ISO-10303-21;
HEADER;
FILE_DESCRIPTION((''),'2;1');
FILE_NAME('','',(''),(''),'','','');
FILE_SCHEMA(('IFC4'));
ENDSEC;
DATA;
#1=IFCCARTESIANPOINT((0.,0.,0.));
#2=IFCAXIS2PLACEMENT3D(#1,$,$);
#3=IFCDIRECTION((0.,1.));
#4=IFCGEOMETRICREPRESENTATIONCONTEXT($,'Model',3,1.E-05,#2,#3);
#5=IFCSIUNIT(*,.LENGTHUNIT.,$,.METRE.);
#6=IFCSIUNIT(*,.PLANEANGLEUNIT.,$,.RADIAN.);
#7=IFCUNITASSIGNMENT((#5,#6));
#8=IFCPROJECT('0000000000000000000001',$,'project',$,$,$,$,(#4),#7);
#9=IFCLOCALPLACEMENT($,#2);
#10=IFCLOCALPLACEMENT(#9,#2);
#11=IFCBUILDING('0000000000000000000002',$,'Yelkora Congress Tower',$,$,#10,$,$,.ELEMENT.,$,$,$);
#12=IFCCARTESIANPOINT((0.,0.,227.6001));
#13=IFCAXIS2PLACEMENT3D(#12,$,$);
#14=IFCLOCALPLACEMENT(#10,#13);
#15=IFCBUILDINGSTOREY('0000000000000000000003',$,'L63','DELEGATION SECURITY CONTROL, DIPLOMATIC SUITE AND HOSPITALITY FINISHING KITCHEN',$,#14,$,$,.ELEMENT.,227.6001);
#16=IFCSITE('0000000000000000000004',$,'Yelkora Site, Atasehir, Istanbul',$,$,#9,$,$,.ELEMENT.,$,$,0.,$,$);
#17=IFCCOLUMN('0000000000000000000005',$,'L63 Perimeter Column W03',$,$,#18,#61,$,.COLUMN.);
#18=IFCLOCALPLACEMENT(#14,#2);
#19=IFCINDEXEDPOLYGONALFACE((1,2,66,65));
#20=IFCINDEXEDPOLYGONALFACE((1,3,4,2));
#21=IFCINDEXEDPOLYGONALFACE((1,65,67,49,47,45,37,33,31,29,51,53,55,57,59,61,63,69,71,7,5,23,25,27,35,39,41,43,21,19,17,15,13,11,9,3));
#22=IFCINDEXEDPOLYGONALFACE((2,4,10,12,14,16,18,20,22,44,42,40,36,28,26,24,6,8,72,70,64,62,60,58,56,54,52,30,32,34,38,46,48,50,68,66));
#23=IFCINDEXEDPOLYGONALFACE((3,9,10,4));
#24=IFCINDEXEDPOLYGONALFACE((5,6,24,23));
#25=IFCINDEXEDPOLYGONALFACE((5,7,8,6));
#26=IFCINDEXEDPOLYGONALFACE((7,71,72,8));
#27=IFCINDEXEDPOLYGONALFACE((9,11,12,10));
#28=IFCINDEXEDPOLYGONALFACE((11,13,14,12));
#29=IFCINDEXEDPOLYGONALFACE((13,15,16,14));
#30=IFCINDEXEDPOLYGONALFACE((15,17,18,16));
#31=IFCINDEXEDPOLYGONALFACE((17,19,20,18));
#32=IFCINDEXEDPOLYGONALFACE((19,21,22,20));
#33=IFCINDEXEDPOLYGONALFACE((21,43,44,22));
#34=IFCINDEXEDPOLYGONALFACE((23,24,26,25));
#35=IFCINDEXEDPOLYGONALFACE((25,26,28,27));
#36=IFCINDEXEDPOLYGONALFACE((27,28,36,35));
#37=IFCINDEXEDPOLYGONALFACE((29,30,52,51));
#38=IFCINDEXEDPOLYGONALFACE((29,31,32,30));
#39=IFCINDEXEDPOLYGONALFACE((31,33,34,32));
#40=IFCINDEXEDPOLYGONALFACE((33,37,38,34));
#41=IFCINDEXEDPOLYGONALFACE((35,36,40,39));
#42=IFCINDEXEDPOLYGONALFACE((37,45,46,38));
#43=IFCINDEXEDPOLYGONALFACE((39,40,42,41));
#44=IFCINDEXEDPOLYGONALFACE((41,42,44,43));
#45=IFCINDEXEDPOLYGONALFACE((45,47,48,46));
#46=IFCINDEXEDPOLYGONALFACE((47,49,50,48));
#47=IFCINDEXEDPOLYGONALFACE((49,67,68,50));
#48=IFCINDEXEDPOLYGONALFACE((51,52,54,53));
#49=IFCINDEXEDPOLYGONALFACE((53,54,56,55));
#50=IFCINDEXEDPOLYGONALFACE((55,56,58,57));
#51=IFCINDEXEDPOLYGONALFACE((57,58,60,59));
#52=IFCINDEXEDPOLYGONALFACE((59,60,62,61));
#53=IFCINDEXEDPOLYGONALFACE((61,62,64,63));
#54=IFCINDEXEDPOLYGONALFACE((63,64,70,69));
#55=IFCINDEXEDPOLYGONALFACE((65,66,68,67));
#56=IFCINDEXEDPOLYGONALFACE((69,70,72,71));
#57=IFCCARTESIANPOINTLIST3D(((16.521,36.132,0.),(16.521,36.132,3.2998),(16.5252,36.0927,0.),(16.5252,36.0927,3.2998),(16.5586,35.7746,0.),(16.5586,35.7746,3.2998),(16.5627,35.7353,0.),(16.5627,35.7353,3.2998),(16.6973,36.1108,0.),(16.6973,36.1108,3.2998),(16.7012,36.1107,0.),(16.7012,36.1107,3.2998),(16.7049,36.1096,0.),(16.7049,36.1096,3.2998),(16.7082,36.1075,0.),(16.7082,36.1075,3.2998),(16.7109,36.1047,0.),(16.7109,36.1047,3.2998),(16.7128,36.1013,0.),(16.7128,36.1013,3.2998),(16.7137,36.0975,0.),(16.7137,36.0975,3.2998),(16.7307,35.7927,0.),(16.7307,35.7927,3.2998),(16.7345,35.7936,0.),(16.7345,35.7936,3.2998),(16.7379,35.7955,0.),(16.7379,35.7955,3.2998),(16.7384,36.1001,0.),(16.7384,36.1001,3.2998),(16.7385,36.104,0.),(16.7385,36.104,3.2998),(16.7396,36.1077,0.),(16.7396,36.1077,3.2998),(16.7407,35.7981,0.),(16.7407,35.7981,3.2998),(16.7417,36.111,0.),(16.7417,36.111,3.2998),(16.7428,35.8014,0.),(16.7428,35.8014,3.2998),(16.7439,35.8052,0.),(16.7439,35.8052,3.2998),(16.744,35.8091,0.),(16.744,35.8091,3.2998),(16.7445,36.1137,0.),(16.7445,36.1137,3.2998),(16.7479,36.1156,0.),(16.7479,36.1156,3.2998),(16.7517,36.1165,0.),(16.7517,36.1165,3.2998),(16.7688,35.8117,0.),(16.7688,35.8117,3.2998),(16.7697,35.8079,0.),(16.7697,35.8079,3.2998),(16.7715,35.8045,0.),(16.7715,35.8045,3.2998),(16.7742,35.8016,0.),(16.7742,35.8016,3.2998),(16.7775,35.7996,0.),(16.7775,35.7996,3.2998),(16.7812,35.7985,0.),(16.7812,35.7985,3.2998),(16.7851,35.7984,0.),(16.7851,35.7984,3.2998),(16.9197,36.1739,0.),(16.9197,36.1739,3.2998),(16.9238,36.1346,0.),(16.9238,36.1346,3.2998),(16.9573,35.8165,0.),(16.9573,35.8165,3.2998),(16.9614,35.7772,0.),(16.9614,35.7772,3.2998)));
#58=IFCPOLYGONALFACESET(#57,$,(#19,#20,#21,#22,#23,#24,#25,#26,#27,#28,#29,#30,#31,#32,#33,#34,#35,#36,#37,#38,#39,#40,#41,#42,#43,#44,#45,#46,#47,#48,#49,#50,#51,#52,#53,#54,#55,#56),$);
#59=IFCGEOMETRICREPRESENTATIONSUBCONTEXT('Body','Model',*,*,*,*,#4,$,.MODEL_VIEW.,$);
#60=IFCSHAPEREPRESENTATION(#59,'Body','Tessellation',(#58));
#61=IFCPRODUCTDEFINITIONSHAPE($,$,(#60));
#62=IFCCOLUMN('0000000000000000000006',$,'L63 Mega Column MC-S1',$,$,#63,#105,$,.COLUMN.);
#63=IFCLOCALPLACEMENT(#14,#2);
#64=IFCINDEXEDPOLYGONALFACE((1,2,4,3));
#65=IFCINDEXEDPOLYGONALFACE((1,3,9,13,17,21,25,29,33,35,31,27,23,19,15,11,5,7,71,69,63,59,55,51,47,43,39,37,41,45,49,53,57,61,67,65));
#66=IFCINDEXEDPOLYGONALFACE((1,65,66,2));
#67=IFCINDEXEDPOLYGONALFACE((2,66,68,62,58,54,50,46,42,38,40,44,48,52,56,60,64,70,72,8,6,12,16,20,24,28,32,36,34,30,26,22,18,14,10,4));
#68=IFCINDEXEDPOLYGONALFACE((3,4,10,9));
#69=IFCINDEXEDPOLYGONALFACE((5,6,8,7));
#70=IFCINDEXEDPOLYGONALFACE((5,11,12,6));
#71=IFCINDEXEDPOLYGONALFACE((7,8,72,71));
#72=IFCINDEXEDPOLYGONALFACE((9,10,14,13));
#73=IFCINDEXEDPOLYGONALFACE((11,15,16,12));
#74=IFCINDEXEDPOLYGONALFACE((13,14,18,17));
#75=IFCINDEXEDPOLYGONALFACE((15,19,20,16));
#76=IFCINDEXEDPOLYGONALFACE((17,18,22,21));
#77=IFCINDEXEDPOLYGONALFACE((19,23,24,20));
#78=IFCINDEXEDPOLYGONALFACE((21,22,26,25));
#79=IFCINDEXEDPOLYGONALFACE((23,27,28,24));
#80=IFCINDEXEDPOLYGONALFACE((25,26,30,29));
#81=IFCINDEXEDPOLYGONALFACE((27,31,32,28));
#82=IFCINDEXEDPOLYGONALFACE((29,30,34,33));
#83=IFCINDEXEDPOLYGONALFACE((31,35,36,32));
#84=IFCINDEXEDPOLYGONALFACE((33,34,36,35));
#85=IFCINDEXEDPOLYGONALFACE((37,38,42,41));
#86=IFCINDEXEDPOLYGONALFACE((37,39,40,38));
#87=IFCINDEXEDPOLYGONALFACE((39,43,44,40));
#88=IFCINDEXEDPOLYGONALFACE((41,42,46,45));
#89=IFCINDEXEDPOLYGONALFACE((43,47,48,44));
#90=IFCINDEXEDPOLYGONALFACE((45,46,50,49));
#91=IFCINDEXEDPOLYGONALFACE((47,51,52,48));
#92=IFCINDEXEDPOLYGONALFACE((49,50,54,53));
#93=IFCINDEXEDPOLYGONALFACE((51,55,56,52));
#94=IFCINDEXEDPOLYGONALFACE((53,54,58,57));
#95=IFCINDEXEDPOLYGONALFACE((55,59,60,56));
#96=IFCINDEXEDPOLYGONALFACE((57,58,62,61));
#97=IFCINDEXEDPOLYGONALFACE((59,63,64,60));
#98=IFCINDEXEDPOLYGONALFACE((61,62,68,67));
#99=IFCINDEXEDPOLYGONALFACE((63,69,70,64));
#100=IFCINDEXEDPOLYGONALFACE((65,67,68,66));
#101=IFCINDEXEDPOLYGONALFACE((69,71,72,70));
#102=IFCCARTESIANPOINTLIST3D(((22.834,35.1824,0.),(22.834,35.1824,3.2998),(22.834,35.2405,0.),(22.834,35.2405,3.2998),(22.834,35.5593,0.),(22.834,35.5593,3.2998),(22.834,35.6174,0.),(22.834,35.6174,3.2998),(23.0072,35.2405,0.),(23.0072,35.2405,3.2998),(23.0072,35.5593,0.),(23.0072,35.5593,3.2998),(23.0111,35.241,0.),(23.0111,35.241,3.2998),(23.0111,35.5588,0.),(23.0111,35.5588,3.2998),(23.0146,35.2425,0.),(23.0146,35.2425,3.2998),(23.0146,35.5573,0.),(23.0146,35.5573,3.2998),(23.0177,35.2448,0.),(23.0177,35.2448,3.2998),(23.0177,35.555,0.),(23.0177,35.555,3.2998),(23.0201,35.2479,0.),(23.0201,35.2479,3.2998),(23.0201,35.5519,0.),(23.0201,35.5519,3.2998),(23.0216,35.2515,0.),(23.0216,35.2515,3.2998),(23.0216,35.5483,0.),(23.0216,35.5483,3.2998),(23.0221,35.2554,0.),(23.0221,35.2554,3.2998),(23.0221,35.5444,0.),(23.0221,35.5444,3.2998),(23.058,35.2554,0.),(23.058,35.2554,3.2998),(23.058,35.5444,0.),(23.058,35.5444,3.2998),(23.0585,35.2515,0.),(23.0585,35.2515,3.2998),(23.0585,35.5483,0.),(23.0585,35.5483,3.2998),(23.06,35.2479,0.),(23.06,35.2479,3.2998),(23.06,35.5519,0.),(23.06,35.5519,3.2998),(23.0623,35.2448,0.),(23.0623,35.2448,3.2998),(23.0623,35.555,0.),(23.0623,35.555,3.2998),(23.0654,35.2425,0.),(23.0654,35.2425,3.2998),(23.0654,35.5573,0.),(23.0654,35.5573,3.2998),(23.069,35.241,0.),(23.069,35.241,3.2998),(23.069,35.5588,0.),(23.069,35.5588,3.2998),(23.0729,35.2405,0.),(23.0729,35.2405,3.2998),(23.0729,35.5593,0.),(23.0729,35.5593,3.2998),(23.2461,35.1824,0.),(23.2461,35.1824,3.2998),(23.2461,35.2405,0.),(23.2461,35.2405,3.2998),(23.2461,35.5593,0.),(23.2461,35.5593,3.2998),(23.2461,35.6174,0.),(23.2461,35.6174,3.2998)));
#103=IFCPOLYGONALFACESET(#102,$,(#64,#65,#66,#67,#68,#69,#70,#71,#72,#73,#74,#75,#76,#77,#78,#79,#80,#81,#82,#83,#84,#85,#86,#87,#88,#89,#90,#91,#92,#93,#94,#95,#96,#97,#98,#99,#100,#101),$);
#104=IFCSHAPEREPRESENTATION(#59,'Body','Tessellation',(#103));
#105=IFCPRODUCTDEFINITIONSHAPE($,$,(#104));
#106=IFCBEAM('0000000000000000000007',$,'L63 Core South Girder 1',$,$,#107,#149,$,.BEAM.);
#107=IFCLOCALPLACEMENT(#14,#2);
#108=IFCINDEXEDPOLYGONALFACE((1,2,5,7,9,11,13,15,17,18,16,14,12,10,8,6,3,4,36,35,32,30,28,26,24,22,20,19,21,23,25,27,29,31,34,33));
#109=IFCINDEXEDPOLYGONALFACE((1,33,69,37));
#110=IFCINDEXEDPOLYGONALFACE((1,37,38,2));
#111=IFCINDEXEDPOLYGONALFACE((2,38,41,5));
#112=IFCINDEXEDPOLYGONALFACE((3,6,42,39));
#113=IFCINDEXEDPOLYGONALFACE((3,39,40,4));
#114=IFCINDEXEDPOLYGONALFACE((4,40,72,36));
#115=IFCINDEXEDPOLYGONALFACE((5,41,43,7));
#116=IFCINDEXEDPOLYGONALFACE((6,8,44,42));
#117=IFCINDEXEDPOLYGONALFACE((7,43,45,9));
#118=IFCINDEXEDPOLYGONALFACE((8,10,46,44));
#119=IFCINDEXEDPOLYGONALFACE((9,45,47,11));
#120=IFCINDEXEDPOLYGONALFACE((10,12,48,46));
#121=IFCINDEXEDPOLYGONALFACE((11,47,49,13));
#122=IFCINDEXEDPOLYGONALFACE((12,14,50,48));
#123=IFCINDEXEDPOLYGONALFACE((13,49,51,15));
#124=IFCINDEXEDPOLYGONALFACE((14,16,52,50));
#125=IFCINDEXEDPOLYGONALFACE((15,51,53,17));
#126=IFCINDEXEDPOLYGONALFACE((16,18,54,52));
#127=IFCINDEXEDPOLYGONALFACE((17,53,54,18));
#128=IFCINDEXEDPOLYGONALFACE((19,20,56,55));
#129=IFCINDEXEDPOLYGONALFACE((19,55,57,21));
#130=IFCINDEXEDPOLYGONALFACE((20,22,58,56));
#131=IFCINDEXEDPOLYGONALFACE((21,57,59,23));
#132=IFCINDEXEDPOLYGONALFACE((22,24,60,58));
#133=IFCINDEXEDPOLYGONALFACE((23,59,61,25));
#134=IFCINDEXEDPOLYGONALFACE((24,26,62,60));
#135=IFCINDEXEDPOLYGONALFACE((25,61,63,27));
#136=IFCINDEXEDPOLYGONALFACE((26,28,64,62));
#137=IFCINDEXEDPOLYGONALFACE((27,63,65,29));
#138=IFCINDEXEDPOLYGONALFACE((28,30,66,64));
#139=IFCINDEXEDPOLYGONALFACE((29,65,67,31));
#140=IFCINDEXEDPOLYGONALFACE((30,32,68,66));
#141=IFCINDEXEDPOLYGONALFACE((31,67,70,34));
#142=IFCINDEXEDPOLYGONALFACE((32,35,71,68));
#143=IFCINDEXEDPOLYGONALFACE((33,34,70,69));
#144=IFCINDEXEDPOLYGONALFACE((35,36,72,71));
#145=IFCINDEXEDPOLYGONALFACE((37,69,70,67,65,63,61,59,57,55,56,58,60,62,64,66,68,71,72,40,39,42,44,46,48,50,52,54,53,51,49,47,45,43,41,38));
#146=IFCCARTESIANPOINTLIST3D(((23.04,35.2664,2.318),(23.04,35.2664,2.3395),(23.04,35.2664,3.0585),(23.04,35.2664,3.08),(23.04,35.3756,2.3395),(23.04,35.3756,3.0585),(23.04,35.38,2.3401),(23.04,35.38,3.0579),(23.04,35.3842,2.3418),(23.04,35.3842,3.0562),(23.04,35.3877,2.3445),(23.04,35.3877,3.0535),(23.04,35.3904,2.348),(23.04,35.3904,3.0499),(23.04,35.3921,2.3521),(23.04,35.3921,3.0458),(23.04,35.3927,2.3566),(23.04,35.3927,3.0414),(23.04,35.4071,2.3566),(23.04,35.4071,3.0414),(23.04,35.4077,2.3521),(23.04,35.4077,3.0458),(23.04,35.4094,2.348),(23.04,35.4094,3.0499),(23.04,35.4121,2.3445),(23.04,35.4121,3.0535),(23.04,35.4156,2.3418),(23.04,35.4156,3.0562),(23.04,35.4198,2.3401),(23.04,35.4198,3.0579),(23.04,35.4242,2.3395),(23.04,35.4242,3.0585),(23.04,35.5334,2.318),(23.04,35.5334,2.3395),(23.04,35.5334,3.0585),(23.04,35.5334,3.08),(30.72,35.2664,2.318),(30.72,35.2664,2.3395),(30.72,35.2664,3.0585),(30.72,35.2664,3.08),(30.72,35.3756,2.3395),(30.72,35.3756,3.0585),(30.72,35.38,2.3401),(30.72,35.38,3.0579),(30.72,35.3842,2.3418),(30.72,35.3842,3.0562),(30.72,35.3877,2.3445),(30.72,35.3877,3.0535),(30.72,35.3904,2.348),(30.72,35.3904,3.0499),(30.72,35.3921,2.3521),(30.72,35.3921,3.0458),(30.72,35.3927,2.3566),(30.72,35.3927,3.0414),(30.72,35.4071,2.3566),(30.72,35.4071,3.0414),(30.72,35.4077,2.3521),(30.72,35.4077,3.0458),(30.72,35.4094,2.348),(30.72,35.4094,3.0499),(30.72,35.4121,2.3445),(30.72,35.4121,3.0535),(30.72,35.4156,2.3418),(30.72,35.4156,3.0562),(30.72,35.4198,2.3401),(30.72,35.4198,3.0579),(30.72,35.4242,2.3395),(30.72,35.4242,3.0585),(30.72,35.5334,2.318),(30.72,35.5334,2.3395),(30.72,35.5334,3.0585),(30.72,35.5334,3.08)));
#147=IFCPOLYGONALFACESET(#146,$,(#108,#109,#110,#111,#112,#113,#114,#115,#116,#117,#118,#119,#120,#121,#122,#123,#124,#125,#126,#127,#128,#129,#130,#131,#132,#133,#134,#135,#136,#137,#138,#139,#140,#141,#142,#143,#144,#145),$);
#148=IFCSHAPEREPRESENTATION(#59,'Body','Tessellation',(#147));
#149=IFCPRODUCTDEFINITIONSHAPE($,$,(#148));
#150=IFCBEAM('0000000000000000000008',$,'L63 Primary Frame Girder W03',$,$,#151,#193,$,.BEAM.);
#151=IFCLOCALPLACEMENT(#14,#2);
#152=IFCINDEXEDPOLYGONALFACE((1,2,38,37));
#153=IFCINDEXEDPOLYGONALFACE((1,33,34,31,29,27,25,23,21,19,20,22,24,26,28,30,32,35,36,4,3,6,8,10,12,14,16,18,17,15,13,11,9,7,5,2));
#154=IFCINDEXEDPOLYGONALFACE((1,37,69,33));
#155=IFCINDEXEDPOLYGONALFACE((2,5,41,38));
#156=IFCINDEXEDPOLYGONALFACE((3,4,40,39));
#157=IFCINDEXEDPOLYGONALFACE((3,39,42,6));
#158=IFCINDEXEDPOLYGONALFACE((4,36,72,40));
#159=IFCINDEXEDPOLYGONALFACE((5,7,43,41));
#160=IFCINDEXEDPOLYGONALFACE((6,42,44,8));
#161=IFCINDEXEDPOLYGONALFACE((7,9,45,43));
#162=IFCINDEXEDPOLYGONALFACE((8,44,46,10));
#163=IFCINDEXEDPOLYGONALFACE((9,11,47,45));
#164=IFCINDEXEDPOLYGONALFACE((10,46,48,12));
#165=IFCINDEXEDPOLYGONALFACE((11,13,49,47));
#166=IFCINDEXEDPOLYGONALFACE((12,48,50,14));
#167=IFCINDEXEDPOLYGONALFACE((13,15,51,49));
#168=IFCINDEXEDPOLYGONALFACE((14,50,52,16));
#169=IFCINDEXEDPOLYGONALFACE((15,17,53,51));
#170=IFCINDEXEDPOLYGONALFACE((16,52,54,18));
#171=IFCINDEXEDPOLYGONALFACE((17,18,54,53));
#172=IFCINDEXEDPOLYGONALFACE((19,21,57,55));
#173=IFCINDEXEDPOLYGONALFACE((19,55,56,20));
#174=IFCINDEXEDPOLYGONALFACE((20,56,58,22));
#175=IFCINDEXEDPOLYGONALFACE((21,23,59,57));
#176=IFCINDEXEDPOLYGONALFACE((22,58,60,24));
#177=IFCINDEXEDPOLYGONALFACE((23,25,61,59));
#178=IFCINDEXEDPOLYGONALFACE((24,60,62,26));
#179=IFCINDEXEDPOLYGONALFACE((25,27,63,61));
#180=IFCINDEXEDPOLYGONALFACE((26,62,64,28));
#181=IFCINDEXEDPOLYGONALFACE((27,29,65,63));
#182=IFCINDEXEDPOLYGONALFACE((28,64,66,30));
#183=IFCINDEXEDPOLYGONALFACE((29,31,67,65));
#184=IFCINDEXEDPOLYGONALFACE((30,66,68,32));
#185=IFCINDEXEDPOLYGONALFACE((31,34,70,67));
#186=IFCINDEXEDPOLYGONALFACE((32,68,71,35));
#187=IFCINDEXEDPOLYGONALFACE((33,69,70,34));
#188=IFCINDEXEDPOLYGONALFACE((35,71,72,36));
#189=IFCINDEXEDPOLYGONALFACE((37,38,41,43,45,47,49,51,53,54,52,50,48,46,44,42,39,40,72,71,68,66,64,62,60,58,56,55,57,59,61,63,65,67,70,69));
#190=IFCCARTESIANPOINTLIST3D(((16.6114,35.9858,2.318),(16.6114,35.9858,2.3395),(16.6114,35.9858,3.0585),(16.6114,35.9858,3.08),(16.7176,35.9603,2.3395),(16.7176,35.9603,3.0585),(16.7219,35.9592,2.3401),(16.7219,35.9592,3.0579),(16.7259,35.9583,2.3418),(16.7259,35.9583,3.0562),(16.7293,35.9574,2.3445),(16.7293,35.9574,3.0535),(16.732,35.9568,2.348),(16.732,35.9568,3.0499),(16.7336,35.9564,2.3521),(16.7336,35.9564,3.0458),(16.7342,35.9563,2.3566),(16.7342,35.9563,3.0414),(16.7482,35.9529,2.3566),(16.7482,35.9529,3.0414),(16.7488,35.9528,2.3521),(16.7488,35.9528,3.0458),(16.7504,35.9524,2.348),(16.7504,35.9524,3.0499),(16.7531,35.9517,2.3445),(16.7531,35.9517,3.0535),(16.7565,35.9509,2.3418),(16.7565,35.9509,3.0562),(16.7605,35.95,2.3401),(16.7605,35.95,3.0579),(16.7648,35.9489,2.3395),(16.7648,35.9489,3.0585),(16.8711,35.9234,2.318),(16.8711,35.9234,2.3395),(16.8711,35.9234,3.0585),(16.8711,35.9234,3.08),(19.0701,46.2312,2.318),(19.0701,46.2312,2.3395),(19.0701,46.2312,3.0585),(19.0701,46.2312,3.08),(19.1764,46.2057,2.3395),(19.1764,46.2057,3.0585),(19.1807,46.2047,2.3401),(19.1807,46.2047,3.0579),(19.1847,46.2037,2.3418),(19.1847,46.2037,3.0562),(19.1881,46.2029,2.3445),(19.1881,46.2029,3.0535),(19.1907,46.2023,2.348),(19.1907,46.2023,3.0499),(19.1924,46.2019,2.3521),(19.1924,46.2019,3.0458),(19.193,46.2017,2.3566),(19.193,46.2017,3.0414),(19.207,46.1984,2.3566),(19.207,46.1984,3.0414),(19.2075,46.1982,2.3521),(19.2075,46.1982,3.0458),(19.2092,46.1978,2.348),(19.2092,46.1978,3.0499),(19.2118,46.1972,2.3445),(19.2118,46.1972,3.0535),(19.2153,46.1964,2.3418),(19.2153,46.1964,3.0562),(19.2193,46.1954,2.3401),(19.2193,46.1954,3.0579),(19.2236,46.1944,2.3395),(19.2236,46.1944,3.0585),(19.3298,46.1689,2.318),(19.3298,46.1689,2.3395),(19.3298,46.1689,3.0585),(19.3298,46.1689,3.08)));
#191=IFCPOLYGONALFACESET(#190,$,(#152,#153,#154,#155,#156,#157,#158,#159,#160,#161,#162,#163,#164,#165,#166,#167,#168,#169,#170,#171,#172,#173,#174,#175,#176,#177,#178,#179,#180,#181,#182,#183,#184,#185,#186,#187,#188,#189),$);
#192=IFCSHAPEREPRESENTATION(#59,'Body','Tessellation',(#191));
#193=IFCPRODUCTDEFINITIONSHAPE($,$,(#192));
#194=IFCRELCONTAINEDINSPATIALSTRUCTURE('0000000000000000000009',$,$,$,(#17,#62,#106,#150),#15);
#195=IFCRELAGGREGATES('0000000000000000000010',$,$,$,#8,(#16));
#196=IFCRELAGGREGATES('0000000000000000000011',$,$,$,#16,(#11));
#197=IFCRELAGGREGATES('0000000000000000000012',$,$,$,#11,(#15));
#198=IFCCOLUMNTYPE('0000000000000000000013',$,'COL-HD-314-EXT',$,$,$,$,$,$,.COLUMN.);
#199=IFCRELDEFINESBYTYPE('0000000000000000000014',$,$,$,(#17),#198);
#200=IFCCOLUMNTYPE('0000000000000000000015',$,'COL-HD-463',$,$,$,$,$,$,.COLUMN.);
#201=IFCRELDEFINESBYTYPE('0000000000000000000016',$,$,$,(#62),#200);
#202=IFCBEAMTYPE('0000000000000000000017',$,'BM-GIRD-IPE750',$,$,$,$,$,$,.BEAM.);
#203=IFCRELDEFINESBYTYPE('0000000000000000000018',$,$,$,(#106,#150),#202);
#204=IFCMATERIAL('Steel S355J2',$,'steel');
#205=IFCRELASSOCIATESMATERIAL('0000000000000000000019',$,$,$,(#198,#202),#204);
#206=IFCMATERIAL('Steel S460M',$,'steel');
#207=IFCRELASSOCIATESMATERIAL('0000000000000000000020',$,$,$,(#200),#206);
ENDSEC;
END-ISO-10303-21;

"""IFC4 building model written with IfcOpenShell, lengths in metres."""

from ifc_helpers import new_model, si_unit, direction, frame, origin, origin_2d, place, context, subcontext, project, spatial, i_section, extrude, material, material_profile, profile_set, type_object, element, save


model = new_model("IFC4")

# Units and contexts
model_context = context("Model", 3, precision=1e-05, world=origin(), true_north=direction((0.0, 1.0)))
body_context = subcontext(model_context, "Body", "Model", "MODEL_VIEW")
ifc_project = project(units=[si_unit("LENGTHUNIT", "METRE"), si_unit("PLANEANGLEUNIT", "RADIAN")], contexts=[model_context])

# Site, building, storey
site_placement = place(None, origin())
site = spatial("IfcSite", under=ifc_project, at=site_placement, Name="Yelkora Site, Atasehir, Istanbul", CompositionType="ELEMENT", RefElevation=0.0)
building_placement = place(site_placement, origin())
building = spatial("IfcBuilding", under=site, at=building_placement, Name="Yelkora Congress Tower", CompositionType="ELEMENT")
storey_placement = place(building_placement, frame((0.0, 0.0, 227.6001)))
storey = spatial("IfcBuildingStorey", under=building, at=storey_placement, Name="L63", Description="DELEGATION SECURITY CONTROL, DIPLOMATIC SUITE AND HOSPITALITY FINISHING KITCHEN", CompositionType="ELEMENT", Elevation=227.6001)

# Columns
ifc_material_1 = material(Name="Steel S355J2", Category="steel")
ifc_material_profile_1 = material_profile(ifc_material_1, i_section(OverallWidth=0.4009, OverallDepth=0.3989, WebThickness=0.0249, FlangeThickness=0.0396, FilletRadius=0.0149, at=origin_2d()), Name="HD 400x314")
ifc_profile_set_1 = profile_set([ifc_material_profile_1], Name="Steel S355J2")
column_type_1 = type_object("IfcColumnType", Name="COL-HD-314-EXT", PredefinedType="COLUMN", material=ifc_profile_set_1)
column_1_placement = place(storey_placement, frame((16.7412, 35.9546, 0.0), z_axis=(0.0, 0.0, 1.0), x_axis=(0.994522, 0.104528, 0.0)))
element("IfcColumn", 1, at=column_1_placement, inside=storey, type_object=column_type_1, Name="L63 Perimeter Column W03", PredefinedType="COLUMN", context=body_context, shape_type="SweptSolid", body=[
    extrude(i_section(OverallWidth=0.4009, OverallDepth=0.3989, WebThickness=0.0249, FlangeThickness=0.0396, FilletRadius=0.0149, at=origin_2d()), origin(), (0.0, 0.0, 1.0), 3.2998),
])
ifc_material_2 = material(Name="Steel S460M", Category="steel")
ifc_material_profile_2 = material_profile(ifc_material_2, i_section(OverallWidth=0.4121, OverallDepth=0.4351, WebThickness=0.0359, FlangeThickness=0.0581, FilletRadius=0.0149, at=origin_2d()), Name="HD 400x463")
ifc_profile_set_2 = profile_set([ifc_material_profile_2], Name="Steel S460M")
column_type_2 = type_object("IfcColumnType", Name="COL-HD-463", PredefinedType="COLUMN", material=ifc_profile_set_2)
column_2_placement = place(storey_placement, frame((23.04, 35.3999, 0.0), z_axis=(0.0, 0.0, 1.0), x_axis=(1.0, 0.0, 0.0)))
element("IfcColumn", 2, at=column_2_placement, inside=storey, type_object=column_type_2, Name="L63 Mega Column MC-S1", PredefinedType="COLUMN", context=body_context, shape_type="SweptSolid", body=[
    extrude(i_section(OverallWidth=0.4121, OverallDepth=0.4351, WebThickness=0.0359, FlangeThickness=0.0581, FilletRadius=0.0149, at=origin_2d()), origin(), (0.0, 0.0, 1.0), 3.2998),
])

# Beams
ifc_material_profile_3 = material_profile(ifc_material_1, i_section(OverallWidth=0.2671, OverallDepth=0.762, WebThickness=0.0144, FlangeThickness=0.0215, FilletRadius=0.0171, at=origin_2d()), Name="IPE 750x173")
ifc_profile_set_3 = profile_set([ifc_material_profile_3], Name="Steel S355J2")
beam_type_1 = type_object("IfcBeamType", Name="BM-GIRD-IPE750", PredefinedType="BEAM", material=ifc_profile_set_3)
beam_1_placement = place(storey_placement, frame((23.04, 35.3999, 2.699), z_axis=(1.0, 0.0, 0.0), x_axis=(0.0, 1.0, 0.0)))
element("IfcBeam", 3, at=beam_1_placement, inside=storey, type_object=beam_type_1, Name="L63 Core South Girder 1", PredefinedType="BEAM", context=body_context, shape_type="SweptSolid", body=[
    extrude(i_section(OverallWidth=0.2671, OverallDepth=0.762, WebThickness=0.0144, FlangeThickness=0.0215, FilletRadius=0.0171, at=origin_2d()), origin(), (0.0, 0.0, 1.0), 7.6799),
])
beam_2_placement = place(storey_placement, frame((16.7412, 35.9546, 2.699), z_axis=(0.23336, 0.97239, 0.0), x_axis=(-0.97239, 0.23336, 0.0)))
element("IfcBeam", 4, at=beam_2_placement, inside=storey, type_object=beam_type_1, Name="L63 Primary Frame Girder W03", PredefinedType="BEAM", context=body_context, shape_type="SweptSolid", body=[
    extrude(i_section(OverallWidth=0.2671, OverallDepth=0.762, WebThickness=0.0144, FlangeThickness=0.0215, FilletRadius=0.0171, at=origin_2d()), origin(), (0.0, 0.0, 1.0), 10.5364),
])

save(model, "model.ifc")
